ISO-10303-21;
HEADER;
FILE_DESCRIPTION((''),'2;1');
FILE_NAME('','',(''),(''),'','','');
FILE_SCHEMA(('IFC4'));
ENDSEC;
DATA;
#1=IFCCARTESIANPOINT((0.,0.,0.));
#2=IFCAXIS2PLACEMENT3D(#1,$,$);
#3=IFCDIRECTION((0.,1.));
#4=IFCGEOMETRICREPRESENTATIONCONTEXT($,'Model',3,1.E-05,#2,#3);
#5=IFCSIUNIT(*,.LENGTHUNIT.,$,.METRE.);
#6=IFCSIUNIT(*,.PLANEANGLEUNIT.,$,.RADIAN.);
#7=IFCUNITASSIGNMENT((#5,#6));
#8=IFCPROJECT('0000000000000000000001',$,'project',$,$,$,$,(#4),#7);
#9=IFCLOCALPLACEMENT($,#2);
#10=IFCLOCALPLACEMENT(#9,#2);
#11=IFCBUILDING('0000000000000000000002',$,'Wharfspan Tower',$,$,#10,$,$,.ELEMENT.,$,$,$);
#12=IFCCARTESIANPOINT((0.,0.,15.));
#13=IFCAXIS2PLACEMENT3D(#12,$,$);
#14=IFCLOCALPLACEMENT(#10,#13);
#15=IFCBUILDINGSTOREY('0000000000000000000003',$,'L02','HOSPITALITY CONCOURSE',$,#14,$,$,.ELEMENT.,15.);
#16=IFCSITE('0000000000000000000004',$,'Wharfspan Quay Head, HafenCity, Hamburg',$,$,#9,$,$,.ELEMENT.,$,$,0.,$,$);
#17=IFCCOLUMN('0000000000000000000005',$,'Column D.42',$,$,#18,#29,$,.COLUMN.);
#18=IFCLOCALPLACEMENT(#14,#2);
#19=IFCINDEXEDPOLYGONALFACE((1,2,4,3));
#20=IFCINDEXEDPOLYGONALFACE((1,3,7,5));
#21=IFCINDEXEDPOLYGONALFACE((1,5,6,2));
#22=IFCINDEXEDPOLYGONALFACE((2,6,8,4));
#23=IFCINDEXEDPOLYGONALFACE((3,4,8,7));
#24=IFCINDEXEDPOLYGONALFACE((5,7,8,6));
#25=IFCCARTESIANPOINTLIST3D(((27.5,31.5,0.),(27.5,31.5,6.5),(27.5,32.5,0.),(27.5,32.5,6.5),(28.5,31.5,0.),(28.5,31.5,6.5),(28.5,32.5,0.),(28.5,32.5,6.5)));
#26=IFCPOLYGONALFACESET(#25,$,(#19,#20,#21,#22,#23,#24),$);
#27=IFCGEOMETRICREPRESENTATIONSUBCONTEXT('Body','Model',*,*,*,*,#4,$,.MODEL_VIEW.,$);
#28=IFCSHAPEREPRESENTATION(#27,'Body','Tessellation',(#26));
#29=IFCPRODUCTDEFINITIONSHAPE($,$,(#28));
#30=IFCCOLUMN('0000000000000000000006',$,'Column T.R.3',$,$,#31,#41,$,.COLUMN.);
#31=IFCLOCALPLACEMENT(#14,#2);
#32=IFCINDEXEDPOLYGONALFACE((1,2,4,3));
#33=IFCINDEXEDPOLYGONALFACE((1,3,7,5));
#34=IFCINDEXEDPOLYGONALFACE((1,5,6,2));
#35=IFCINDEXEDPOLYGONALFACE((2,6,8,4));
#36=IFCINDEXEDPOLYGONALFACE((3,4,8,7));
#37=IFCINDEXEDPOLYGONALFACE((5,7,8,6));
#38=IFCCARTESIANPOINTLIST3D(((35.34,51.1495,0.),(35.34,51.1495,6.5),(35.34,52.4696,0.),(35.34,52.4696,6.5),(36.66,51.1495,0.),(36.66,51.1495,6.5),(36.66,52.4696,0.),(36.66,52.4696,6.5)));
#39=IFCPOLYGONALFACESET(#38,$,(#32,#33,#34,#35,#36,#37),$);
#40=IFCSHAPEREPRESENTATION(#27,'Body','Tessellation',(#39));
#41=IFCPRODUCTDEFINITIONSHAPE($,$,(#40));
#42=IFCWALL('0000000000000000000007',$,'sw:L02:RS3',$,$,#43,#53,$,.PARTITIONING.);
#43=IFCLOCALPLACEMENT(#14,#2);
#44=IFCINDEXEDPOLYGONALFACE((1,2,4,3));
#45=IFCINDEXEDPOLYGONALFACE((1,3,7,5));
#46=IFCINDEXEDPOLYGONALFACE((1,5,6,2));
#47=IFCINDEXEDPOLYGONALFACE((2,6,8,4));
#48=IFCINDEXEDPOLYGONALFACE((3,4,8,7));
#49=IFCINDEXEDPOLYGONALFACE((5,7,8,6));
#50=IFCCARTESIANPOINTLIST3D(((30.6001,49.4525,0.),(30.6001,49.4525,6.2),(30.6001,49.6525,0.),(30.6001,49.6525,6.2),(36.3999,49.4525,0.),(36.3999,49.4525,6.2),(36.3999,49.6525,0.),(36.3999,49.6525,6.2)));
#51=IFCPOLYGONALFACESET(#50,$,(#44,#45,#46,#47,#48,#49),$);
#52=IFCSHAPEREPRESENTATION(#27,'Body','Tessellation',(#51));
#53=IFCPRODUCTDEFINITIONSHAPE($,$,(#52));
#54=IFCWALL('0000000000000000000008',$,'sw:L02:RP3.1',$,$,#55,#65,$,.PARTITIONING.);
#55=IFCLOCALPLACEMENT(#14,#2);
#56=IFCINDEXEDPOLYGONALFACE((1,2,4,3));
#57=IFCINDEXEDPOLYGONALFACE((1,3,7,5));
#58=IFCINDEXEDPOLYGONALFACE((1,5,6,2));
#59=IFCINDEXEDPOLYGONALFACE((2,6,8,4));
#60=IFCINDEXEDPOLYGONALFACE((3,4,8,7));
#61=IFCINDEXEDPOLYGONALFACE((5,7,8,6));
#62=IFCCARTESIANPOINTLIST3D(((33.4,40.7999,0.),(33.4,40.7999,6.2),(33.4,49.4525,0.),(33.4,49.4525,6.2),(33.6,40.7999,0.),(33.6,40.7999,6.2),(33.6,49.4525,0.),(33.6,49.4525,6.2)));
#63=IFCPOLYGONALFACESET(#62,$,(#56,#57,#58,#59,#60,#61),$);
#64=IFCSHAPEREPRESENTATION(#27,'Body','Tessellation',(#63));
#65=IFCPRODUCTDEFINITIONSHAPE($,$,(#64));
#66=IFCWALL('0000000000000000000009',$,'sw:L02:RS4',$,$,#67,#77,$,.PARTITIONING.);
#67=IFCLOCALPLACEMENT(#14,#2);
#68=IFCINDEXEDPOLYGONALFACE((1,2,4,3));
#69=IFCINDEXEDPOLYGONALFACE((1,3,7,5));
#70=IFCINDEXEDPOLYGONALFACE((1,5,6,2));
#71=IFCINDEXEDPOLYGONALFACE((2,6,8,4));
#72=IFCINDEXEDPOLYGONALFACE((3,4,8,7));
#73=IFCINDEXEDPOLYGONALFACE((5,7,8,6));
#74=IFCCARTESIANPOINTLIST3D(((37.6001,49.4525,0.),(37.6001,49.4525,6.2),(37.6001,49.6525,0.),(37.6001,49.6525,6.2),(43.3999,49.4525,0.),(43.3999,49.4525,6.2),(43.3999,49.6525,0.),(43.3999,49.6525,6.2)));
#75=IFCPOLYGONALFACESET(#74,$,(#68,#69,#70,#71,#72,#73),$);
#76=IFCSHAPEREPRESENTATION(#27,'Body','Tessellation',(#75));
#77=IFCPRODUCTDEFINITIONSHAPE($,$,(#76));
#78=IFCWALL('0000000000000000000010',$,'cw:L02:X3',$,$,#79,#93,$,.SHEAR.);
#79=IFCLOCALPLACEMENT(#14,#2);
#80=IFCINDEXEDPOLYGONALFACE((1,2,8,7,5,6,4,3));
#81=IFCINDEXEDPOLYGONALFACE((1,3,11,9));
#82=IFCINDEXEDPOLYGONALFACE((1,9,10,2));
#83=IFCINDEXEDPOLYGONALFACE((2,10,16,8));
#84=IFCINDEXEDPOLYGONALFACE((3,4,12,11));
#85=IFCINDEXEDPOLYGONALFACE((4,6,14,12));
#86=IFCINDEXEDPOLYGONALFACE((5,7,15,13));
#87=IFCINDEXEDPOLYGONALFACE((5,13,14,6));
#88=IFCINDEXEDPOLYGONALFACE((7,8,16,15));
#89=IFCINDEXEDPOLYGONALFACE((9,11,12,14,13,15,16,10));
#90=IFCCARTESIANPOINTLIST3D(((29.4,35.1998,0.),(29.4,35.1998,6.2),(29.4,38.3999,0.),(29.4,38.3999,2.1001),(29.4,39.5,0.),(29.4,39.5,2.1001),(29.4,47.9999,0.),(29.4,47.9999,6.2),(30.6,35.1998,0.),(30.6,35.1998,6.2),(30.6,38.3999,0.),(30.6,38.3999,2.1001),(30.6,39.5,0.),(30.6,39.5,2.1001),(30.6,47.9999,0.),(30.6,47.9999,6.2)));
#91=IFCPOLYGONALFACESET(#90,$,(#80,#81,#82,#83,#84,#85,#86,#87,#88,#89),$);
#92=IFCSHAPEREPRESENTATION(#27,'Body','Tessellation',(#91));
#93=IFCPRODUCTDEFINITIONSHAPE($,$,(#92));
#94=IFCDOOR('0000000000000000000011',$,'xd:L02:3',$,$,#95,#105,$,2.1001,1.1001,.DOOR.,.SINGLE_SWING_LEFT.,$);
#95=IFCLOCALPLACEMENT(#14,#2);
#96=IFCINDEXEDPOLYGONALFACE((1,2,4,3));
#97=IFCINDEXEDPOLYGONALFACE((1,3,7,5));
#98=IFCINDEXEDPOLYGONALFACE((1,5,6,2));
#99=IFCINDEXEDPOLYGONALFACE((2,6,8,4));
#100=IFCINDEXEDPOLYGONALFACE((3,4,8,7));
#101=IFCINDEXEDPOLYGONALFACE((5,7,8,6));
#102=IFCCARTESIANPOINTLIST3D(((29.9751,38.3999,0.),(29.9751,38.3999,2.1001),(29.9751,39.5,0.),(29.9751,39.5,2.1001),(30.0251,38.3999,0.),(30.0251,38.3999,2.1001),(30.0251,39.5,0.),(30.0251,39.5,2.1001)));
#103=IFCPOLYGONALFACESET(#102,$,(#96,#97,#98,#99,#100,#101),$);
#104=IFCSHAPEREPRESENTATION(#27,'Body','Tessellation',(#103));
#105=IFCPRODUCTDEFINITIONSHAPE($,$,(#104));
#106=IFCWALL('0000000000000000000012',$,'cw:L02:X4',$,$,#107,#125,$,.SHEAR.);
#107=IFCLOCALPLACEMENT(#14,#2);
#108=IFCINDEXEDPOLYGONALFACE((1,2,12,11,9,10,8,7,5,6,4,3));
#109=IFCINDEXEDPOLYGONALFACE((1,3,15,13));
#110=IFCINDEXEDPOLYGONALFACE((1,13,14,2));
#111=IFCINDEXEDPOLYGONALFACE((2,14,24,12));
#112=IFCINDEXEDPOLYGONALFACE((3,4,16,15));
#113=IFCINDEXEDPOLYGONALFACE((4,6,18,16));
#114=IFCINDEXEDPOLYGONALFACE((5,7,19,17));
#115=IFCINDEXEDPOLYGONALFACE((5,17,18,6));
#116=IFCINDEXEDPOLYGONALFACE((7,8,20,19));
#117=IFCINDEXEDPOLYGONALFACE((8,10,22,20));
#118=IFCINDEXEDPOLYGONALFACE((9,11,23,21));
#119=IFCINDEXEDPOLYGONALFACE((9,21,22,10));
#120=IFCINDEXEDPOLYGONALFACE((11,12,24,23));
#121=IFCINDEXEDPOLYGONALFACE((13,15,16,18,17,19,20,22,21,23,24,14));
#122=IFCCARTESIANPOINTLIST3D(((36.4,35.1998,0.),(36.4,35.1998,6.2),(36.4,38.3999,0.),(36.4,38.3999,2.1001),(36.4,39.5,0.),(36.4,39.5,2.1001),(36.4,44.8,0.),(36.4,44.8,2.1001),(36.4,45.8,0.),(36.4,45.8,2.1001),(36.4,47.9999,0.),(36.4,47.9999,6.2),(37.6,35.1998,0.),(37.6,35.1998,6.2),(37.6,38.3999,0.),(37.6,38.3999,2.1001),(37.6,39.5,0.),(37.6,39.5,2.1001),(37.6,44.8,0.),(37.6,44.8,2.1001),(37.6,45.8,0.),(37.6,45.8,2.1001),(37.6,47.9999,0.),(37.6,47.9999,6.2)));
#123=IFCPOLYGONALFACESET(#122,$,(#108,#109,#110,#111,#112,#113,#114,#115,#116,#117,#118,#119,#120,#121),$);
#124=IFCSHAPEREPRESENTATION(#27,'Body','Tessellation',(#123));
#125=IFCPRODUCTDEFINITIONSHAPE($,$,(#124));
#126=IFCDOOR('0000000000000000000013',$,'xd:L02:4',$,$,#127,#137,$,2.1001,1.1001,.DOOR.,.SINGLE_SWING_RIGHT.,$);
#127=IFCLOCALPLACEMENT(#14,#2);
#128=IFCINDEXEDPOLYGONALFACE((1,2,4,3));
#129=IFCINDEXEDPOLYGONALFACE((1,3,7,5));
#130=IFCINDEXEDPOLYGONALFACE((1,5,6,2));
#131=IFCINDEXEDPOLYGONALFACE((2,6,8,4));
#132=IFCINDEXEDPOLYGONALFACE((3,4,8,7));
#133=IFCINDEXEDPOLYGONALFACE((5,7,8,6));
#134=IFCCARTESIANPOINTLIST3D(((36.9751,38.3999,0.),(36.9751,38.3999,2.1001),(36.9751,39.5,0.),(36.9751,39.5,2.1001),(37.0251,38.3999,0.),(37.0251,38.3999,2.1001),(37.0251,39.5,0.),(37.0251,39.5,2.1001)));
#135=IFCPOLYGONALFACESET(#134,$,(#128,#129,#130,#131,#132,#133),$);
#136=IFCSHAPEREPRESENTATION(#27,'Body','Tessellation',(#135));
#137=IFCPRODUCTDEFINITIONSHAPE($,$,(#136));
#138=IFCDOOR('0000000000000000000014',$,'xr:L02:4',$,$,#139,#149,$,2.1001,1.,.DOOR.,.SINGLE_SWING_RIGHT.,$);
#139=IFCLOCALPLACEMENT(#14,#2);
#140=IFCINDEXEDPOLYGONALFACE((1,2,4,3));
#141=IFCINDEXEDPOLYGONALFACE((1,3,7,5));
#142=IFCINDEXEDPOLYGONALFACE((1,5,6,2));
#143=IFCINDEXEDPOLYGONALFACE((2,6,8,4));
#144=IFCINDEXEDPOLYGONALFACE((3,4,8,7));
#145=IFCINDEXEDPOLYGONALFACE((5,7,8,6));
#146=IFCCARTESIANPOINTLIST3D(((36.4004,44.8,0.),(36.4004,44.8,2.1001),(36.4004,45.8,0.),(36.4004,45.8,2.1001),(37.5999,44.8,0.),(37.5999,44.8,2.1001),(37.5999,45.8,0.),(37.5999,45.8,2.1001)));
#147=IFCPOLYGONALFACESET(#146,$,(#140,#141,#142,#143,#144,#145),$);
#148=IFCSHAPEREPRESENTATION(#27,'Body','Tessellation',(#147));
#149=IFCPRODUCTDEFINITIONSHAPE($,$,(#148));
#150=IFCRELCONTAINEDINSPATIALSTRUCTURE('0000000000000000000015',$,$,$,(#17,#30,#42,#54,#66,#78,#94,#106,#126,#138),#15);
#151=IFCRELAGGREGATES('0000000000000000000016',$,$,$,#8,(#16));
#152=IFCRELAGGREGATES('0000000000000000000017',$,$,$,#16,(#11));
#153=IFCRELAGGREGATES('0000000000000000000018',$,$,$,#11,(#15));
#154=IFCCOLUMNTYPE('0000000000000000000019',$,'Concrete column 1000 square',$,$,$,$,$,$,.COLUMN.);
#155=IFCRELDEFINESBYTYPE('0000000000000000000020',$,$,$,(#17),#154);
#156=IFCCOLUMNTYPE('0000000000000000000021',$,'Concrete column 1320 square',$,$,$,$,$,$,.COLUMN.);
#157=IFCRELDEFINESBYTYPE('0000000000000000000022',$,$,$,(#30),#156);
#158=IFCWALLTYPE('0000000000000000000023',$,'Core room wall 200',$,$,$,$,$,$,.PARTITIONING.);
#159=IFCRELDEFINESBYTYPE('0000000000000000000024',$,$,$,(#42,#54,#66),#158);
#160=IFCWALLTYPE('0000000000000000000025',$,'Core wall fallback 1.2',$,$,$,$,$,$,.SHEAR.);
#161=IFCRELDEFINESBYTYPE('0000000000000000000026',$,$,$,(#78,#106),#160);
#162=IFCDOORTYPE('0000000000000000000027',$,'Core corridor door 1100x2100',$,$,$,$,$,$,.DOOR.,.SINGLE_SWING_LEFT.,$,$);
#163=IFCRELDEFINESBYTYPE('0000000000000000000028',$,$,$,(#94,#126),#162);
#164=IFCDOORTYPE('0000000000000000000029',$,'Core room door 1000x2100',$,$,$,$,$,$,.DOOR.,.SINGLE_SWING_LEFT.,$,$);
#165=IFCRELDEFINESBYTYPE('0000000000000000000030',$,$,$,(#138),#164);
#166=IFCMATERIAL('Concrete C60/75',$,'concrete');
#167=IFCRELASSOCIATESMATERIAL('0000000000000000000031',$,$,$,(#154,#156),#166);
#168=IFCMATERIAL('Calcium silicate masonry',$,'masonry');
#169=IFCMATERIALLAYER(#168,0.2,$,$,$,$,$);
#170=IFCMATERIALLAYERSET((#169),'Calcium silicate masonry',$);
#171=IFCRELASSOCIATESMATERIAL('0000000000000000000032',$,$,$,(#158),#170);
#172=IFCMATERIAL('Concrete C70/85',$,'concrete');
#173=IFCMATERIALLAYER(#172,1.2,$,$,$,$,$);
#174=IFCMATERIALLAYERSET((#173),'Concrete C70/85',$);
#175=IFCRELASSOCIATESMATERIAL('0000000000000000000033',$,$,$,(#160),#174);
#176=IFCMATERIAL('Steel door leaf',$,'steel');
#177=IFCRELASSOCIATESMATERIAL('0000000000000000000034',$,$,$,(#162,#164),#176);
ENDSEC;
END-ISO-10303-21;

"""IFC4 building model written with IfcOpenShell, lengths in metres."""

from ifc_helpers import new_model, si_unit, direction, frame, frame_2d, origin, origin_2d, place, context, subcontext, project, spatial, rectangle, extrude, material, layer, layer_set, material_profile, profile_set, type_object, element, fill, save


model = new_model("IFC4")

# Units and contexts
model_context = context("Model", 3, precision=1e-05, world=origin(), true_north=direction((0.0, 1.0)))
body_context = subcontext(model_context, "Body", "Model", "MODEL_VIEW")
ifc_project = project(units=[si_unit("LENGTHUNIT", "METRE"), si_unit("PLANEANGLEUNIT", "RADIAN")], contexts=[model_context])

# Site, building, storey
site_placement = place(None, origin())
site = spatial("IfcSite", under=ifc_project, at=site_placement, Name="Wharfspan Quay Head, HafenCity, Hamburg", CompositionType="ELEMENT", RefElevation=0.0)
building_placement = place(site_placement, origin())
building = spatial("IfcBuilding", under=site, at=building_placement, Name="Wharfspan Tower", CompositionType="ELEMENT")
storey_placement = place(building_placement, frame((0.0, 0.0, 15.0)))
storey = spatial("IfcBuildingStorey", under=building, at=storey_placement, Name="L02", Description="HOSPITALITY CONCOURSE", CompositionType="ELEMENT", Elevation=15.0)

# Columns
ifc_material_1 = material(Name="Concrete C60/75", Category="concrete")
ifc_material_profile_1 = material_profile(ifc_material_1, rectangle(XDim=1.0, YDim=1.0, at=origin_2d()))
ifc_profile_set_1 = profile_set([ifc_material_profile_1], Name="Concrete C60/75")
column_type_1 = type_object("IfcColumnType", Name="Concrete column 1000 square", PredefinedType="COLUMN", material=ifc_profile_set_1)
column_1_placement = place(storey_placement, frame((28.0, 32.0, 0.0), z_axis=(0.0, 0.0, 1.0), x_axis=(1.0, 0.0, 0.0)))
element("IfcColumn", 1, at=column_1_placement, inside=storey, type_object=column_type_1, Name="Column D.42", PredefinedType="COLUMN", context=body_context, shape_type="SweptSolid", body=[
    extrude(rectangle(XDim=1.0, YDim=1.0, at=origin_2d()), origin(), (0.0, 0.0, 1.0), 6.5),
])
ifc_material_profile_2 = material_profile(ifc_material_1, rectangle(XDim=1.3201, YDim=1.3201, at=origin_2d()))
ifc_profile_set_2 = profile_set([ifc_material_profile_2], Name="Concrete C60/75")
column_type_2 = type_object("IfcColumnType", Name="Concrete column 1320 square", PredefinedType="COLUMN", material=ifc_profile_set_2)
column_2_placement = place(storey_placement, frame((36.0, 51.8096, 0.0), z_axis=(0.0, 0.0, 1.0), x_axis=(1.0, 0.0, 0.0)))
element("IfcColumn", 2, at=column_2_placement, inside=storey, type_object=column_type_2, Name="Column T.R.3", PredefinedType="COLUMN", context=body_context, shape_type="SweptSolid", body=[
    extrude(rectangle(XDim=1.3201, YDim=1.3201, at=origin_2d()), origin(), (0.0, 0.0, 1.0), 6.5),
])

# Walls
ifc_material_2 = material(Name="Calcium silicate masonry", Category="masonry")
ifc_layer_1 = layer(ifc_material_2, 0.2)
ifc_layer_set_1 = layer_set([ifc_layer_1], Name="Calcium silicate masonry")
wall_type_1 = type_object("IfcWallType", Name="Core room wall 200", PredefinedType="PARTITIONING", material=ifc_layer_set_1)
wall_1_placement = place(storey_placement, frame((30.6001, 49.5525, 0.0), z_axis=(0.0, 0.0, 1.0), x_axis=(1.0, 0.0, 0.0)))
element("IfcWall", 3, at=wall_1_placement, inside=storey, type_object=wall_type_1, Name="sw:L02:RS3", PredefinedType="PARTITIONING", context=body_context, shape_type="SweptSolid", body=[
    extrude(rectangle(XDim=5.7998, YDim=0.2, at=frame_2d((2.8999, 0.0))), origin(), (0.0, 0.0, 1.0), 6.2),
])
wall_2_placement = place(storey_placement, frame((33.5, 40.8, 0.0), z_axis=(0.0, 0.0, 1.0), x_axis=(0.0, 1.0, 0.0)))
element("IfcWall", 4, at=wall_2_placement, inside=storey, type_object=wall_type_1, Name="sw:L02:RP3.1", PredefinedType="PARTITIONING", context=body_context, shape_type="SweptSolid", body=[
    extrude(rectangle(XDim=8.6526, YDim=0.2, at=frame_2d((4.3262, 0.0))), origin(), (0.0, 0.0, 1.0), 6.2),
])
wall_3_placement = place(storey_placement, frame((37.6001, 49.5525, 0.0), z_axis=(0.0, 0.0, 1.0), x_axis=(1.0, 0.0, 0.0)))
element("IfcWall", 5, at=wall_3_placement, inside=storey, type_object=wall_type_1, Name="sw:L02:RS4", PredefinedType="PARTITIONING", context=body_context, shape_type="SweptSolid", body=[
    extrude(rectangle(XDim=5.7998, YDim=0.2, at=frame_2d((2.8999, 0.0))), origin(), (0.0, 0.0, 1.0), 6.2),
])

# Wall, opening, door
ifc_material_3 = material(Name="Concrete C70/85", Category="concrete")
ifc_layer_2 = layer(ifc_material_3, 1.2)
ifc_layer_set_2 = layer_set([ifc_layer_2], Name="Concrete C70/85")
wall_type_2 = type_object("IfcWallType", Name="Core wall fallback 1.2", PredefinedType="SHEAR", material=ifc_layer_set_2)
wall_4_placement = place(storey_placement, frame((30.0, 35.2, 0.0), z_axis=(0.0, 0.0, 1.0), x_axis=(0.0, 1.0, 0.0)))
wall_4 = element("IfcWall", 6, at=wall_4_placement, inside=storey, type_object=wall_type_2, Name="cw:L02:X3", PredefinedType="SHEAR", context=body_context, shape_type="SweptSolid", body=[
    extrude(rectangle(XDim=12.8, YDim=1.2, at=frame_2d((6.3999, 0.0))), origin(), (0.0, 0.0, 1.0), 6.2),
])
opening_1_placement = place(wall_4_placement, frame((3.2, 0.0, 0.0)))
opening_1 = element("IfcOpeningElement", 7, at=opening_1_placement, cuts=wall_4, PredefinedType="OPENING", context=body_context, shape_type="SweptSolid", body=[
    extrude(rectangle(XDim=1.1001, YDim=2.1001, at=frame_2d((0.55, 1.05))), frame((0.0, 0.6099, 0.0), z_axis=(0.0, -1.0, 0.0), x_axis=(1.0, 0.0, 0.0)), (0.0, 0.0, 1.0), 1.22),
])
ifc_material_4 = material(Name="Steel door leaf", Category="steel")
door_type_1 = type_object("IfcDoorType", Name="Core corridor door 1100x2100", OperationType="SINGLE_SWING_LEFT", PredefinedType="DOOR", material=ifc_material_4)
door_1_placement = place(opening_1_placement, origin())
door_1 = element("IfcDoor", 8, at=door_1_placement, inside=storey, type_object=door_type_1, Name="xd:L02:3", OperationType="SINGLE_SWING_LEFT", OverallHeight=2.1001, OverallWidth=1.1001, PredefinedType="DOOR", context=body_context, shape_type="SweptSolid", body=[
    extrude(rectangle(XDim=1.1001, YDim=2.1001, at=frame_2d((0.55, 1.05))), frame((0.0, 0.0249, 0.0), z_axis=(0.0, -1.0, 0.0), x_axis=(1.0, 0.0, 0.0)), (0.0, 0.0, 1.0), 0.05),
])
fill(opening_1, door_1)

# Wall, openings, doors
wall_5_placement = place(storey_placement, frame((37.0, 35.2, 0.0), z_axis=(0.0, 0.0, 1.0), x_axis=(0.0, 1.0, 0.0)))
wall_5 = element("IfcWall", 9, at=wall_5_placement, inside=storey, type_object=wall_type_2, Name="cw:L02:X4", PredefinedType="SHEAR", context=body_context, shape_type="SweptSolid", body=[
    extrude(rectangle(XDim=12.8, YDim=1.2, at=frame_2d((6.3999, 0.0))), origin(), (0.0, 0.0, 1.0), 6.2),
])
opening_2_placement = place(wall_5_placement, frame((3.2, 0.0, 0.0)))
opening_2 = element("IfcOpeningElement", 10, at=opening_2_placement, cuts=wall_5, PredefinedType="OPENING", context=body_context, shape_type="SweptSolid", body=[
    extrude(rectangle(XDim=1.1001, YDim=2.1001, at=frame_2d((0.55, 1.05))), frame((0.0, 0.6099, 0.0), z_axis=(0.0, -1.0, 0.0), x_axis=(1.0, 0.0, 0.0)), (0.0, 0.0, 1.0), 1.22),
])
opening_3_placement = place(wall_5_placement, frame((9.6001, 0.0, 0.0)))
opening_3 = element("IfcOpeningElement", 11, at=opening_3_placement, cuts=wall_5, PredefinedType="OPENING", context=body_context, shape_type="SweptSolid", body=[
    extrude(rectangle(XDim=1.0, YDim=2.1001, at=frame_2d((0.5, 1.05))), frame((0.0, 0.6099, 0.0), z_axis=(0.0, -1.0, 0.0), x_axis=(1.0, 0.0, 0.0)), (0.0, 0.0, 1.0), 1.22),
])
door_2_placement = place(opening_2_placement, origin())
door_2 = element("IfcDoor", 12, at=door_2_placement, inside=storey, type_object=door_type_1, Name="xd:L02:4", OperationType="SINGLE_SWING_RIGHT", OverallHeight=2.1001, OverallWidth=1.1001, PredefinedType="DOOR", context=body_context, shape_type="SweptSolid", body=[
    extrude(rectangle(XDim=1.1001, YDim=2.1001, at=frame_2d((0.55, 1.05))), frame((0.0, 0.0249, 0.0), z_axis=(0.0, -1.0, 0.0), x_axis=(1.0, 0.0, 0.0)), (0.0, 0.0, 1.0), 0.05),
])
fill(opening_2, door_2)
door_type_2 = type_object("IfcDoorType", Name="Core room door 1000x2100", OperationType="SINGLE_SWING_LEFT", PredefinedType="DOOR", material=ifc_material_4)
door_3_placement = place(opening_3_placement, origin())
door_3 = element("IfcDoor", 13, at=door_3_placement, inside=storey, type_object=door_type_2, Name="xr:L02:4", OperationType="SINGLE_SWING_RIGHT", OverallHeight=2.1001, OverallWidth=1.0, PredefinedType="DOOR", context=body_context, shape_type="SweptSolid", body=[
    extrude(rectangle(XDim=1.0, YDim=2.1001, at=frame_2d((0.5, 1.05))), frame((0.0, 0.5996, 0.0), z_axis=(0.0, -1.0, 0.0), x_axis=(1.0, 0.0, 0.0)), (0.0, 0.0, 1.0), 1.1995),
])
fill(opening_3, door_3)

save(model, "model.ifc")
